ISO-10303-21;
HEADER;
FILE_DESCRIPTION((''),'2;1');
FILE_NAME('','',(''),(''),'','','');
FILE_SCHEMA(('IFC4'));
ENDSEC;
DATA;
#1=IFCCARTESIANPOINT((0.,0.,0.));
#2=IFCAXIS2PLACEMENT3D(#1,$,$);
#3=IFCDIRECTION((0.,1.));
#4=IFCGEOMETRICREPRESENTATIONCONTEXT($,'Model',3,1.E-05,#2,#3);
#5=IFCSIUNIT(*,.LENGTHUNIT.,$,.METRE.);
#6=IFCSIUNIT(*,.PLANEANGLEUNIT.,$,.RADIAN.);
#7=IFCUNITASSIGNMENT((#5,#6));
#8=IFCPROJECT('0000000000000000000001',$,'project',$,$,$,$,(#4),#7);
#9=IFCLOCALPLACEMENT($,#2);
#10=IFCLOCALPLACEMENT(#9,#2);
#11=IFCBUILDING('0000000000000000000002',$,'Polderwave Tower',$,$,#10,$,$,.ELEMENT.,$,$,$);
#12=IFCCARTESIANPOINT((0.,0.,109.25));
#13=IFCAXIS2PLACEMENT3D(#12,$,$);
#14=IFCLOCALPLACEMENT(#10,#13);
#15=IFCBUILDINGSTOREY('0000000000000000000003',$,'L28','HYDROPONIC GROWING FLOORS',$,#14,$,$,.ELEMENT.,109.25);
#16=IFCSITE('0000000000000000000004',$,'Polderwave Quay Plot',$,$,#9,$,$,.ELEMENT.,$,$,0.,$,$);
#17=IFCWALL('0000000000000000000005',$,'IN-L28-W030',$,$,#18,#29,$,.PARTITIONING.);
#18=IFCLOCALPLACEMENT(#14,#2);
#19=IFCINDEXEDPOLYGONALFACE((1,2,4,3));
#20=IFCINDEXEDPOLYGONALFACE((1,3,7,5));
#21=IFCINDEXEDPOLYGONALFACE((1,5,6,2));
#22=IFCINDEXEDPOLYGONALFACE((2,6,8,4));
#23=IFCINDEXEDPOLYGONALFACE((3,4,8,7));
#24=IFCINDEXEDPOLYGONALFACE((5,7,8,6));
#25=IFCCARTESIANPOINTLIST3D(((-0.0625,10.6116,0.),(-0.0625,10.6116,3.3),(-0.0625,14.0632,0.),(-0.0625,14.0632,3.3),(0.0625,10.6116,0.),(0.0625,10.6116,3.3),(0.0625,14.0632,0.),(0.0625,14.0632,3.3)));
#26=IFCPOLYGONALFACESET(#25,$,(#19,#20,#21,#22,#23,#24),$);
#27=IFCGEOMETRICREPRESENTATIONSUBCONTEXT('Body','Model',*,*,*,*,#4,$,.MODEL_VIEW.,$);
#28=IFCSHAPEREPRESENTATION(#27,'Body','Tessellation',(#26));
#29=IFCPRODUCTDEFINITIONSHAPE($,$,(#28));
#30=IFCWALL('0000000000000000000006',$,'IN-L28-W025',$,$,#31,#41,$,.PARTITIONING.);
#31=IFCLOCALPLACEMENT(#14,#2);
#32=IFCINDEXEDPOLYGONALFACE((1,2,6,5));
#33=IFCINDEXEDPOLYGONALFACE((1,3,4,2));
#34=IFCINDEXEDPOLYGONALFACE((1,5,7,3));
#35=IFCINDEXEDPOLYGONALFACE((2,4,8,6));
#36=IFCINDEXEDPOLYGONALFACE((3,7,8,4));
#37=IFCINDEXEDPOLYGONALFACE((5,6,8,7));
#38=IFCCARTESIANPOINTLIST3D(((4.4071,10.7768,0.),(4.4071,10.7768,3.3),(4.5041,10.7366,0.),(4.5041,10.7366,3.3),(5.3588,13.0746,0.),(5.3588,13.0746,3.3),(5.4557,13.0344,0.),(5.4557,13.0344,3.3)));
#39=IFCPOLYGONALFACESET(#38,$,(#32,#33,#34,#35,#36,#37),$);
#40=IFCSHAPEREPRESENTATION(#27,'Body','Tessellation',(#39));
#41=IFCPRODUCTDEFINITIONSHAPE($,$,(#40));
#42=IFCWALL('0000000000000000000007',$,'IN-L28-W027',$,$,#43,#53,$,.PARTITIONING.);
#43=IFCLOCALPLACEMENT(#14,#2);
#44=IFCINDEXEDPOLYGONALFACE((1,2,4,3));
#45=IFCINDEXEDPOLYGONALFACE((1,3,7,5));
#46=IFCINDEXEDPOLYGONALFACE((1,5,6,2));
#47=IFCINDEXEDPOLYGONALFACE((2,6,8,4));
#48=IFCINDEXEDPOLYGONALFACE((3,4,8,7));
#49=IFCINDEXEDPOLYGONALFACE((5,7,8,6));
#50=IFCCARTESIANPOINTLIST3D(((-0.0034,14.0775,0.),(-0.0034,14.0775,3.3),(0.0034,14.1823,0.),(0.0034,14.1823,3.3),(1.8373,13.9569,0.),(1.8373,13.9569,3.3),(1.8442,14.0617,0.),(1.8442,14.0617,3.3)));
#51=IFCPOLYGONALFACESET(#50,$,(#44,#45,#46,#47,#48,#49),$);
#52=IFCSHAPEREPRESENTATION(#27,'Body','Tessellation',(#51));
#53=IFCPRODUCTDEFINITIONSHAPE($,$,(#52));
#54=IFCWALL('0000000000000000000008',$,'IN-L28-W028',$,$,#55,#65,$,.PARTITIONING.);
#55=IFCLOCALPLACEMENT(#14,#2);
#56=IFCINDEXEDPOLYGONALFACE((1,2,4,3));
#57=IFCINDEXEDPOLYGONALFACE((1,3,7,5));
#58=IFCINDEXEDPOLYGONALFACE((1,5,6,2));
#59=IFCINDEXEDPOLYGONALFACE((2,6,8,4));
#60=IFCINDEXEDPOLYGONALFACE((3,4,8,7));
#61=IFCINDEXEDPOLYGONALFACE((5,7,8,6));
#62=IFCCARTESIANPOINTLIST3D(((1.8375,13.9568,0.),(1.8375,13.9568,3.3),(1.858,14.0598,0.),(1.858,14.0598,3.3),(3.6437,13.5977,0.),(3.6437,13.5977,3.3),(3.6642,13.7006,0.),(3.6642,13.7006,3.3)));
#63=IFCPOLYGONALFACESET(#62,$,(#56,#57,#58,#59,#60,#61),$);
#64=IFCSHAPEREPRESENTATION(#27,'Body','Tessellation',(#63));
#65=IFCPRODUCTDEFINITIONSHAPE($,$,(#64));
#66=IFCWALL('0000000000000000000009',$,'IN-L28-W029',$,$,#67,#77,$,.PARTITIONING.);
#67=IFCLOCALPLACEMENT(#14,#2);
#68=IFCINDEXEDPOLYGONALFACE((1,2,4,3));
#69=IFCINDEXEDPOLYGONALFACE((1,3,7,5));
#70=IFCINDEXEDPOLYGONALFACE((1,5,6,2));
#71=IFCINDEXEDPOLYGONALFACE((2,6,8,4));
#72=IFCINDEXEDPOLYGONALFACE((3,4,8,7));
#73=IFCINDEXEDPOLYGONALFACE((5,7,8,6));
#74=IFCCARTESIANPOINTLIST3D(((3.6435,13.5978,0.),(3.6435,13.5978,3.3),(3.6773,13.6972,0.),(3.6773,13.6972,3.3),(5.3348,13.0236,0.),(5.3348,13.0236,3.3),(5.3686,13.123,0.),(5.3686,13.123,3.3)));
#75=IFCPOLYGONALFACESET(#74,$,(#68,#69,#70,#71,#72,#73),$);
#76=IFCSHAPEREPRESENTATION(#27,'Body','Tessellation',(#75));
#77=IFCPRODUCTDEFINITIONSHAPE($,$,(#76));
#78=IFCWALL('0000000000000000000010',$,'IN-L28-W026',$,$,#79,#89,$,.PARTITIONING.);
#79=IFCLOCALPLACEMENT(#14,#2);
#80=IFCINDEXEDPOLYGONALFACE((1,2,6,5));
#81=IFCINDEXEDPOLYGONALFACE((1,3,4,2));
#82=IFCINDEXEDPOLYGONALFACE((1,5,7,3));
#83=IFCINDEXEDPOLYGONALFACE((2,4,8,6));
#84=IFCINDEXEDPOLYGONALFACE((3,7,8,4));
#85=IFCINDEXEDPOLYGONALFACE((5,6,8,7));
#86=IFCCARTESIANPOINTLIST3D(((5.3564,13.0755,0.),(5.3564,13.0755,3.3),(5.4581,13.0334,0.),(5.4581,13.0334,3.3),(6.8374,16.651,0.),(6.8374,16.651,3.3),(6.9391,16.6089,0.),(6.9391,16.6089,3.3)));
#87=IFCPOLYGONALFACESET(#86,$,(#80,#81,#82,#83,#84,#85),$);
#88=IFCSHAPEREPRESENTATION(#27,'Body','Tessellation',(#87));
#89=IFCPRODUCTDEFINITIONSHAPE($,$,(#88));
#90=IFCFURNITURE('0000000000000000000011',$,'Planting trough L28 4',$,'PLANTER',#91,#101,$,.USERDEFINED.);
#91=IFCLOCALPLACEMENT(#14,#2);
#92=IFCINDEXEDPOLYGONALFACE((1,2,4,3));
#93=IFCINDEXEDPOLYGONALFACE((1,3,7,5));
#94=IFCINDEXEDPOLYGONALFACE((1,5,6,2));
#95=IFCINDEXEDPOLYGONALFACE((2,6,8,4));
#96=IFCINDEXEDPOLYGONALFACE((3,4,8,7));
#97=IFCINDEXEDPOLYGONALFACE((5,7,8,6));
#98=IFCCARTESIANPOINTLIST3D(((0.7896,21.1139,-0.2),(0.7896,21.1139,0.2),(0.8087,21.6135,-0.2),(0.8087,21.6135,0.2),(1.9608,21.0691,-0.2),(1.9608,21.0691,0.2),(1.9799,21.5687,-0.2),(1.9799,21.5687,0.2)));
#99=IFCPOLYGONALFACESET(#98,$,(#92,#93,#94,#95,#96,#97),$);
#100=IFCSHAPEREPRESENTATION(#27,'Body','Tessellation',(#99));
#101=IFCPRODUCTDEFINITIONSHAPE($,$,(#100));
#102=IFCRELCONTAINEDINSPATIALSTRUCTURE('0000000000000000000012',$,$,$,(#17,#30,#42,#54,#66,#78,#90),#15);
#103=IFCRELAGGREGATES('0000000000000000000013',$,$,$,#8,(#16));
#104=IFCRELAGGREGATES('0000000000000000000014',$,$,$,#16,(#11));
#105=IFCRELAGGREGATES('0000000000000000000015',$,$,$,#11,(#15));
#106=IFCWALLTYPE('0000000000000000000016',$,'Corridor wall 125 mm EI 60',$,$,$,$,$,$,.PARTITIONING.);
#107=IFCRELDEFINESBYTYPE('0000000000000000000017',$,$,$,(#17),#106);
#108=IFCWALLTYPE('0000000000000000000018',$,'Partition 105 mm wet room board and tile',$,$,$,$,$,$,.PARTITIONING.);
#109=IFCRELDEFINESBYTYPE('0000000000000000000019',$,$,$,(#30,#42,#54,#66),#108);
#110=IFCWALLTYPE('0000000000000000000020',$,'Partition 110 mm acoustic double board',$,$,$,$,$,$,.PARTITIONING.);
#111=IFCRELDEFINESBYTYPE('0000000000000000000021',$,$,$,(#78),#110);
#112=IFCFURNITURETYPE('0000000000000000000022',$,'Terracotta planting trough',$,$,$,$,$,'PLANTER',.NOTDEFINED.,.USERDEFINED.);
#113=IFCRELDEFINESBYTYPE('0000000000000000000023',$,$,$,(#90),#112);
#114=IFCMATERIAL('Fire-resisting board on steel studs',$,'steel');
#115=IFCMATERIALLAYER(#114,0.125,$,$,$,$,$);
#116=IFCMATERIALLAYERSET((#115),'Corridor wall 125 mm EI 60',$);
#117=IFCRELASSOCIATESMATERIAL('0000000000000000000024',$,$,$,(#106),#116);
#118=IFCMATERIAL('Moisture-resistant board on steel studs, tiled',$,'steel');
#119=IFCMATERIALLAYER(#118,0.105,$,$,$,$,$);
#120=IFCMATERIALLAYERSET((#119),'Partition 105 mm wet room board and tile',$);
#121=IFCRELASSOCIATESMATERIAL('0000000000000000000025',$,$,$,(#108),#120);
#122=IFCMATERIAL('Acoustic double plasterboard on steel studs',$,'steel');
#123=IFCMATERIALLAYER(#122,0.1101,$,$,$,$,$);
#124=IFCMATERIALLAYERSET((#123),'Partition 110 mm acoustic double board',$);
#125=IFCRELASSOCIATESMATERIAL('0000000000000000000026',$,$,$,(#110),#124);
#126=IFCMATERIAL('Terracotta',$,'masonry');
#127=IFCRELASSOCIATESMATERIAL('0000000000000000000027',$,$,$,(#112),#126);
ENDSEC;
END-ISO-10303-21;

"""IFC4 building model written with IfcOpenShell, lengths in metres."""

from ifc_helpers import new_model, si_unit, direction, frame, frame_2d, origin, origin_2d, place, context, subcontext, project, spatial, rectangle, extrude, material, layer, layer_set, type_object, element, save


model = new_model("IFC4")

# Units and contexts
model_context = context("Model", 3, precision=1e-05, world=origin(), true_north=direction((0.0, 1.0)))
body_context = subcontext(model_context, "Body", "Model", "MODEL_VIEW")
ifc_project = project(units=[si_unit("LENGTHUNIT", "METRE"), si_unit("PLANEANGLEUNIT", "RADIAN")], contexts=[model_context])

# Site, building, storey
site_placement = place(None, origin())
site = spatial("IfcSite", under=ifc_project, at=site_placement, Name="Polderwave Quay Plot", CompositionType="ELEMENT", RefElevation=0.0)
building_placement = place(site_placement, origin())
building = spatial("IfcBuilding", under=site, at=building_placement, Name="Polderwave Tower", CompositionType="ELEMENT")
storey_placement = place(building_placement, frame((0.0, 0.0, 109.25)))
storey = spatial("IfcBuildingStorey", under=building, at=storey_placement, Name="L28", Description="HYDROPONIC GROWING FLOORS", CompositionType="ELEMENT", Elevation=109.25)

# Shared definitions
ifc_material_1 = material(Name="Fire-resisting board on steel studs", Category="steel")
ifc_layer_1 = layer(ifc_material_1, 0.125)
ifc_layer_set_1 = layer_set([ifc_layer_1], Name="Corridor wall 125 mm EI 60")
wall_type_1 = type_object("IfcWallType", Name="Corridor wall 125 mm EI 60", PredefinedType="PARTITIONING", material=ifc_layer_set_1)

# Walls
wall_1_placement = place(storey_placement, frame((0.0, 10.6116, 0.0), z_axis=(0.0, 0.0, 1.0), x_axis=(0.0, 1.0, 0.0)))
element("IfcWall", 1, at=wall_1_placement, inside=storey, type_object=wall_type_1, Name="IN-L28-W030", PredefinedType="PARTITIONING", context=body_context, shape_type="SweptSolid", body=[
    extrude(rectangle(XDim=3.4517, YDim=0.125, at=frame_2d((1.7258, 0.0))), origin(), (0.0, 0.0, 1.0), 3.3),
])
ifc_material_2 = material(Name="Moisture-resistant board on steel studs, tiled", Category="steel")
ifc_layer_2 = layer(ifc_material_2, 0.105)
ifc_layer_set_2 = layer_set([ifc_layer_2], Name="Partition 105 mm wet room board and tile")
wall_type_2 = type_object("IfcWallType", Name="Partition 105 mm wet room board and tile", PredefinedType="PARTITIONING", material=ifc_layer_set_2)
wall_2_placement = place(storey_placement, frame((4.4556, 10.7566, 0.0), z_axis=(0.0, 0.0, 1.0), x_axis=(0.382635, 0.9239, 0.0)))
element("IfcWall", 2, at=wall_2_placement, inside=storey, type_object=wall_type_2, Name="IN-L28-W025", PredefinedType="PARTITIONING", context=body_context, shape_type="SweptSolid", body=[
    extrude(rectangle(XDim=2.4871, YDim=0.105, at=frame_2d((1.2437, 0.0))), origin(), (0.0, 0.0, 1.0), 3.3),
])
wall_3_placement = place(storey_placement, frame((0.0, 14.1299, 0.0), z_axis=(0.0, 0.0, 1.0), x_axis=(0.997861, -0.065377, 0.0)))
element("IfcWall", 3, at=wall_3_placement, inside=storey, type_object=wall_type_2, Name="IN-L28-W027", PredefinedType="PARTITIONING", context=body_context, shape_type="SweptSolid", body=[
    extrude(rectangle(XDim=1.8447, YDim=0.105, at=frame_2d((0.9224, 0.0))), origin(), (0.0, 0.0, 1.0), 3.3),
])
wall_4_placement = place(storey_placement, frame((1.8477, 14.0083, 0.0), z_axis=(0.0, 0.0, 1.0), x_axis=(0.980799, -0.19502, 0.0)))
element("IfcWall", 4, at=wall_4_placement, inside=storey, type_object=wall_type_2, Name="IN-L28-W028", PredefinedType="PARTITIONING", context=body_context, shape_type="SweptSolid", body=[
    extrude(rectangle(XDim=1.8416, YDim=0.105, at=frame_2d((0.9209, 0.0))), origin(), (0.0, 0.0, 1.0), 3.3),
])
wall_5_placement = place(storey_placement, frame((3.6604, 13.6475, 0.0), z_axis=(0.0, 0.0, 1.0), x_axis=(0.946919, -0.321471, 0.0)))
element("IfcWall", 5, at=wall_5_placement, inside=storey, type_object=wall_type_2, Name="IN-L28-W029", PredefinedType="PARTITIONING", context=body_context, shape_type="SweptSolid", body=[
    extrude(rectangle(XDim=1.7861, YDim=0.105, at=frame_2d((0.8931, 0.0))), origin(), (0.0, 0.0, 1.0), 3.3),
])
ifc_material_3 = material(Name="Acoustic double plasterboard on steel studs", Category="steel")
ifc_layer_3 = layer(ifc_material_3, 0.1101)
ifc_layer_set_3 = layer_set([ifc_layer_3], Name="Partition 110 mm acoustic double board")
wall_type_3 = type_object("IfcWallType", Name="Partition 110 mm acoustic double board", PredefinedType="PARTITIONING", material=ifc_layer_set_3)
wall_6_placement = place(storey_placement, frame((5.4072, 13.0544, 0.0), z_axis=(0.0, 0.0, 1.0), x_axis=(0.382675, 0.923883, 0.0)))
element("IfcWall", 6, at=wall_6_placement, inside=storey, type_object=wall_type_3, Name="IN-L28-W026", PredefinedType="PARTITIONING", context=body_context, shape_type="SweptSolid", body=[
    extrude(rectangle(XDim=3.8701, YDim=0.1101, at=frame_2d((1.9351, 0.0))), origin(), (0.0, 0.0, 1.0), 3.3),
])

# Furniture
ifc_material_4 = material(Name="Terracotta", Category="masonry")
furniture_type = type_object("IfcFurnitureType", Name="Terracotta planting trough", ElementType="PLANTER", AssemblyPlace="NOTDEFINED", PredefinedType="USERDEFINED", material=ifc_material_4)
furniture_placement = place(storey_placement, frame((1.3848, 21.3413, -0.2), z_axis=(0.0, 0.0, 1.0), x_axis=(-0.99927, 0.03821, 0.0)))
element("IfcFurniture", 7, at=furniture_placement, inside=storey, type_object=furniture_type, Name="Planting trough L28 4", ObjectType="PLANTER", PredefinedType="USERDEFINED", context=body_context, shape_type="SweptSolid", body=[
    extrude(rectangle(XDim=1.1721, YDim=0.5, at=origin_2d()), origin(), (0.0, 0.0, 1.0), 0.3999),
])

save(model, "model.ifc")
